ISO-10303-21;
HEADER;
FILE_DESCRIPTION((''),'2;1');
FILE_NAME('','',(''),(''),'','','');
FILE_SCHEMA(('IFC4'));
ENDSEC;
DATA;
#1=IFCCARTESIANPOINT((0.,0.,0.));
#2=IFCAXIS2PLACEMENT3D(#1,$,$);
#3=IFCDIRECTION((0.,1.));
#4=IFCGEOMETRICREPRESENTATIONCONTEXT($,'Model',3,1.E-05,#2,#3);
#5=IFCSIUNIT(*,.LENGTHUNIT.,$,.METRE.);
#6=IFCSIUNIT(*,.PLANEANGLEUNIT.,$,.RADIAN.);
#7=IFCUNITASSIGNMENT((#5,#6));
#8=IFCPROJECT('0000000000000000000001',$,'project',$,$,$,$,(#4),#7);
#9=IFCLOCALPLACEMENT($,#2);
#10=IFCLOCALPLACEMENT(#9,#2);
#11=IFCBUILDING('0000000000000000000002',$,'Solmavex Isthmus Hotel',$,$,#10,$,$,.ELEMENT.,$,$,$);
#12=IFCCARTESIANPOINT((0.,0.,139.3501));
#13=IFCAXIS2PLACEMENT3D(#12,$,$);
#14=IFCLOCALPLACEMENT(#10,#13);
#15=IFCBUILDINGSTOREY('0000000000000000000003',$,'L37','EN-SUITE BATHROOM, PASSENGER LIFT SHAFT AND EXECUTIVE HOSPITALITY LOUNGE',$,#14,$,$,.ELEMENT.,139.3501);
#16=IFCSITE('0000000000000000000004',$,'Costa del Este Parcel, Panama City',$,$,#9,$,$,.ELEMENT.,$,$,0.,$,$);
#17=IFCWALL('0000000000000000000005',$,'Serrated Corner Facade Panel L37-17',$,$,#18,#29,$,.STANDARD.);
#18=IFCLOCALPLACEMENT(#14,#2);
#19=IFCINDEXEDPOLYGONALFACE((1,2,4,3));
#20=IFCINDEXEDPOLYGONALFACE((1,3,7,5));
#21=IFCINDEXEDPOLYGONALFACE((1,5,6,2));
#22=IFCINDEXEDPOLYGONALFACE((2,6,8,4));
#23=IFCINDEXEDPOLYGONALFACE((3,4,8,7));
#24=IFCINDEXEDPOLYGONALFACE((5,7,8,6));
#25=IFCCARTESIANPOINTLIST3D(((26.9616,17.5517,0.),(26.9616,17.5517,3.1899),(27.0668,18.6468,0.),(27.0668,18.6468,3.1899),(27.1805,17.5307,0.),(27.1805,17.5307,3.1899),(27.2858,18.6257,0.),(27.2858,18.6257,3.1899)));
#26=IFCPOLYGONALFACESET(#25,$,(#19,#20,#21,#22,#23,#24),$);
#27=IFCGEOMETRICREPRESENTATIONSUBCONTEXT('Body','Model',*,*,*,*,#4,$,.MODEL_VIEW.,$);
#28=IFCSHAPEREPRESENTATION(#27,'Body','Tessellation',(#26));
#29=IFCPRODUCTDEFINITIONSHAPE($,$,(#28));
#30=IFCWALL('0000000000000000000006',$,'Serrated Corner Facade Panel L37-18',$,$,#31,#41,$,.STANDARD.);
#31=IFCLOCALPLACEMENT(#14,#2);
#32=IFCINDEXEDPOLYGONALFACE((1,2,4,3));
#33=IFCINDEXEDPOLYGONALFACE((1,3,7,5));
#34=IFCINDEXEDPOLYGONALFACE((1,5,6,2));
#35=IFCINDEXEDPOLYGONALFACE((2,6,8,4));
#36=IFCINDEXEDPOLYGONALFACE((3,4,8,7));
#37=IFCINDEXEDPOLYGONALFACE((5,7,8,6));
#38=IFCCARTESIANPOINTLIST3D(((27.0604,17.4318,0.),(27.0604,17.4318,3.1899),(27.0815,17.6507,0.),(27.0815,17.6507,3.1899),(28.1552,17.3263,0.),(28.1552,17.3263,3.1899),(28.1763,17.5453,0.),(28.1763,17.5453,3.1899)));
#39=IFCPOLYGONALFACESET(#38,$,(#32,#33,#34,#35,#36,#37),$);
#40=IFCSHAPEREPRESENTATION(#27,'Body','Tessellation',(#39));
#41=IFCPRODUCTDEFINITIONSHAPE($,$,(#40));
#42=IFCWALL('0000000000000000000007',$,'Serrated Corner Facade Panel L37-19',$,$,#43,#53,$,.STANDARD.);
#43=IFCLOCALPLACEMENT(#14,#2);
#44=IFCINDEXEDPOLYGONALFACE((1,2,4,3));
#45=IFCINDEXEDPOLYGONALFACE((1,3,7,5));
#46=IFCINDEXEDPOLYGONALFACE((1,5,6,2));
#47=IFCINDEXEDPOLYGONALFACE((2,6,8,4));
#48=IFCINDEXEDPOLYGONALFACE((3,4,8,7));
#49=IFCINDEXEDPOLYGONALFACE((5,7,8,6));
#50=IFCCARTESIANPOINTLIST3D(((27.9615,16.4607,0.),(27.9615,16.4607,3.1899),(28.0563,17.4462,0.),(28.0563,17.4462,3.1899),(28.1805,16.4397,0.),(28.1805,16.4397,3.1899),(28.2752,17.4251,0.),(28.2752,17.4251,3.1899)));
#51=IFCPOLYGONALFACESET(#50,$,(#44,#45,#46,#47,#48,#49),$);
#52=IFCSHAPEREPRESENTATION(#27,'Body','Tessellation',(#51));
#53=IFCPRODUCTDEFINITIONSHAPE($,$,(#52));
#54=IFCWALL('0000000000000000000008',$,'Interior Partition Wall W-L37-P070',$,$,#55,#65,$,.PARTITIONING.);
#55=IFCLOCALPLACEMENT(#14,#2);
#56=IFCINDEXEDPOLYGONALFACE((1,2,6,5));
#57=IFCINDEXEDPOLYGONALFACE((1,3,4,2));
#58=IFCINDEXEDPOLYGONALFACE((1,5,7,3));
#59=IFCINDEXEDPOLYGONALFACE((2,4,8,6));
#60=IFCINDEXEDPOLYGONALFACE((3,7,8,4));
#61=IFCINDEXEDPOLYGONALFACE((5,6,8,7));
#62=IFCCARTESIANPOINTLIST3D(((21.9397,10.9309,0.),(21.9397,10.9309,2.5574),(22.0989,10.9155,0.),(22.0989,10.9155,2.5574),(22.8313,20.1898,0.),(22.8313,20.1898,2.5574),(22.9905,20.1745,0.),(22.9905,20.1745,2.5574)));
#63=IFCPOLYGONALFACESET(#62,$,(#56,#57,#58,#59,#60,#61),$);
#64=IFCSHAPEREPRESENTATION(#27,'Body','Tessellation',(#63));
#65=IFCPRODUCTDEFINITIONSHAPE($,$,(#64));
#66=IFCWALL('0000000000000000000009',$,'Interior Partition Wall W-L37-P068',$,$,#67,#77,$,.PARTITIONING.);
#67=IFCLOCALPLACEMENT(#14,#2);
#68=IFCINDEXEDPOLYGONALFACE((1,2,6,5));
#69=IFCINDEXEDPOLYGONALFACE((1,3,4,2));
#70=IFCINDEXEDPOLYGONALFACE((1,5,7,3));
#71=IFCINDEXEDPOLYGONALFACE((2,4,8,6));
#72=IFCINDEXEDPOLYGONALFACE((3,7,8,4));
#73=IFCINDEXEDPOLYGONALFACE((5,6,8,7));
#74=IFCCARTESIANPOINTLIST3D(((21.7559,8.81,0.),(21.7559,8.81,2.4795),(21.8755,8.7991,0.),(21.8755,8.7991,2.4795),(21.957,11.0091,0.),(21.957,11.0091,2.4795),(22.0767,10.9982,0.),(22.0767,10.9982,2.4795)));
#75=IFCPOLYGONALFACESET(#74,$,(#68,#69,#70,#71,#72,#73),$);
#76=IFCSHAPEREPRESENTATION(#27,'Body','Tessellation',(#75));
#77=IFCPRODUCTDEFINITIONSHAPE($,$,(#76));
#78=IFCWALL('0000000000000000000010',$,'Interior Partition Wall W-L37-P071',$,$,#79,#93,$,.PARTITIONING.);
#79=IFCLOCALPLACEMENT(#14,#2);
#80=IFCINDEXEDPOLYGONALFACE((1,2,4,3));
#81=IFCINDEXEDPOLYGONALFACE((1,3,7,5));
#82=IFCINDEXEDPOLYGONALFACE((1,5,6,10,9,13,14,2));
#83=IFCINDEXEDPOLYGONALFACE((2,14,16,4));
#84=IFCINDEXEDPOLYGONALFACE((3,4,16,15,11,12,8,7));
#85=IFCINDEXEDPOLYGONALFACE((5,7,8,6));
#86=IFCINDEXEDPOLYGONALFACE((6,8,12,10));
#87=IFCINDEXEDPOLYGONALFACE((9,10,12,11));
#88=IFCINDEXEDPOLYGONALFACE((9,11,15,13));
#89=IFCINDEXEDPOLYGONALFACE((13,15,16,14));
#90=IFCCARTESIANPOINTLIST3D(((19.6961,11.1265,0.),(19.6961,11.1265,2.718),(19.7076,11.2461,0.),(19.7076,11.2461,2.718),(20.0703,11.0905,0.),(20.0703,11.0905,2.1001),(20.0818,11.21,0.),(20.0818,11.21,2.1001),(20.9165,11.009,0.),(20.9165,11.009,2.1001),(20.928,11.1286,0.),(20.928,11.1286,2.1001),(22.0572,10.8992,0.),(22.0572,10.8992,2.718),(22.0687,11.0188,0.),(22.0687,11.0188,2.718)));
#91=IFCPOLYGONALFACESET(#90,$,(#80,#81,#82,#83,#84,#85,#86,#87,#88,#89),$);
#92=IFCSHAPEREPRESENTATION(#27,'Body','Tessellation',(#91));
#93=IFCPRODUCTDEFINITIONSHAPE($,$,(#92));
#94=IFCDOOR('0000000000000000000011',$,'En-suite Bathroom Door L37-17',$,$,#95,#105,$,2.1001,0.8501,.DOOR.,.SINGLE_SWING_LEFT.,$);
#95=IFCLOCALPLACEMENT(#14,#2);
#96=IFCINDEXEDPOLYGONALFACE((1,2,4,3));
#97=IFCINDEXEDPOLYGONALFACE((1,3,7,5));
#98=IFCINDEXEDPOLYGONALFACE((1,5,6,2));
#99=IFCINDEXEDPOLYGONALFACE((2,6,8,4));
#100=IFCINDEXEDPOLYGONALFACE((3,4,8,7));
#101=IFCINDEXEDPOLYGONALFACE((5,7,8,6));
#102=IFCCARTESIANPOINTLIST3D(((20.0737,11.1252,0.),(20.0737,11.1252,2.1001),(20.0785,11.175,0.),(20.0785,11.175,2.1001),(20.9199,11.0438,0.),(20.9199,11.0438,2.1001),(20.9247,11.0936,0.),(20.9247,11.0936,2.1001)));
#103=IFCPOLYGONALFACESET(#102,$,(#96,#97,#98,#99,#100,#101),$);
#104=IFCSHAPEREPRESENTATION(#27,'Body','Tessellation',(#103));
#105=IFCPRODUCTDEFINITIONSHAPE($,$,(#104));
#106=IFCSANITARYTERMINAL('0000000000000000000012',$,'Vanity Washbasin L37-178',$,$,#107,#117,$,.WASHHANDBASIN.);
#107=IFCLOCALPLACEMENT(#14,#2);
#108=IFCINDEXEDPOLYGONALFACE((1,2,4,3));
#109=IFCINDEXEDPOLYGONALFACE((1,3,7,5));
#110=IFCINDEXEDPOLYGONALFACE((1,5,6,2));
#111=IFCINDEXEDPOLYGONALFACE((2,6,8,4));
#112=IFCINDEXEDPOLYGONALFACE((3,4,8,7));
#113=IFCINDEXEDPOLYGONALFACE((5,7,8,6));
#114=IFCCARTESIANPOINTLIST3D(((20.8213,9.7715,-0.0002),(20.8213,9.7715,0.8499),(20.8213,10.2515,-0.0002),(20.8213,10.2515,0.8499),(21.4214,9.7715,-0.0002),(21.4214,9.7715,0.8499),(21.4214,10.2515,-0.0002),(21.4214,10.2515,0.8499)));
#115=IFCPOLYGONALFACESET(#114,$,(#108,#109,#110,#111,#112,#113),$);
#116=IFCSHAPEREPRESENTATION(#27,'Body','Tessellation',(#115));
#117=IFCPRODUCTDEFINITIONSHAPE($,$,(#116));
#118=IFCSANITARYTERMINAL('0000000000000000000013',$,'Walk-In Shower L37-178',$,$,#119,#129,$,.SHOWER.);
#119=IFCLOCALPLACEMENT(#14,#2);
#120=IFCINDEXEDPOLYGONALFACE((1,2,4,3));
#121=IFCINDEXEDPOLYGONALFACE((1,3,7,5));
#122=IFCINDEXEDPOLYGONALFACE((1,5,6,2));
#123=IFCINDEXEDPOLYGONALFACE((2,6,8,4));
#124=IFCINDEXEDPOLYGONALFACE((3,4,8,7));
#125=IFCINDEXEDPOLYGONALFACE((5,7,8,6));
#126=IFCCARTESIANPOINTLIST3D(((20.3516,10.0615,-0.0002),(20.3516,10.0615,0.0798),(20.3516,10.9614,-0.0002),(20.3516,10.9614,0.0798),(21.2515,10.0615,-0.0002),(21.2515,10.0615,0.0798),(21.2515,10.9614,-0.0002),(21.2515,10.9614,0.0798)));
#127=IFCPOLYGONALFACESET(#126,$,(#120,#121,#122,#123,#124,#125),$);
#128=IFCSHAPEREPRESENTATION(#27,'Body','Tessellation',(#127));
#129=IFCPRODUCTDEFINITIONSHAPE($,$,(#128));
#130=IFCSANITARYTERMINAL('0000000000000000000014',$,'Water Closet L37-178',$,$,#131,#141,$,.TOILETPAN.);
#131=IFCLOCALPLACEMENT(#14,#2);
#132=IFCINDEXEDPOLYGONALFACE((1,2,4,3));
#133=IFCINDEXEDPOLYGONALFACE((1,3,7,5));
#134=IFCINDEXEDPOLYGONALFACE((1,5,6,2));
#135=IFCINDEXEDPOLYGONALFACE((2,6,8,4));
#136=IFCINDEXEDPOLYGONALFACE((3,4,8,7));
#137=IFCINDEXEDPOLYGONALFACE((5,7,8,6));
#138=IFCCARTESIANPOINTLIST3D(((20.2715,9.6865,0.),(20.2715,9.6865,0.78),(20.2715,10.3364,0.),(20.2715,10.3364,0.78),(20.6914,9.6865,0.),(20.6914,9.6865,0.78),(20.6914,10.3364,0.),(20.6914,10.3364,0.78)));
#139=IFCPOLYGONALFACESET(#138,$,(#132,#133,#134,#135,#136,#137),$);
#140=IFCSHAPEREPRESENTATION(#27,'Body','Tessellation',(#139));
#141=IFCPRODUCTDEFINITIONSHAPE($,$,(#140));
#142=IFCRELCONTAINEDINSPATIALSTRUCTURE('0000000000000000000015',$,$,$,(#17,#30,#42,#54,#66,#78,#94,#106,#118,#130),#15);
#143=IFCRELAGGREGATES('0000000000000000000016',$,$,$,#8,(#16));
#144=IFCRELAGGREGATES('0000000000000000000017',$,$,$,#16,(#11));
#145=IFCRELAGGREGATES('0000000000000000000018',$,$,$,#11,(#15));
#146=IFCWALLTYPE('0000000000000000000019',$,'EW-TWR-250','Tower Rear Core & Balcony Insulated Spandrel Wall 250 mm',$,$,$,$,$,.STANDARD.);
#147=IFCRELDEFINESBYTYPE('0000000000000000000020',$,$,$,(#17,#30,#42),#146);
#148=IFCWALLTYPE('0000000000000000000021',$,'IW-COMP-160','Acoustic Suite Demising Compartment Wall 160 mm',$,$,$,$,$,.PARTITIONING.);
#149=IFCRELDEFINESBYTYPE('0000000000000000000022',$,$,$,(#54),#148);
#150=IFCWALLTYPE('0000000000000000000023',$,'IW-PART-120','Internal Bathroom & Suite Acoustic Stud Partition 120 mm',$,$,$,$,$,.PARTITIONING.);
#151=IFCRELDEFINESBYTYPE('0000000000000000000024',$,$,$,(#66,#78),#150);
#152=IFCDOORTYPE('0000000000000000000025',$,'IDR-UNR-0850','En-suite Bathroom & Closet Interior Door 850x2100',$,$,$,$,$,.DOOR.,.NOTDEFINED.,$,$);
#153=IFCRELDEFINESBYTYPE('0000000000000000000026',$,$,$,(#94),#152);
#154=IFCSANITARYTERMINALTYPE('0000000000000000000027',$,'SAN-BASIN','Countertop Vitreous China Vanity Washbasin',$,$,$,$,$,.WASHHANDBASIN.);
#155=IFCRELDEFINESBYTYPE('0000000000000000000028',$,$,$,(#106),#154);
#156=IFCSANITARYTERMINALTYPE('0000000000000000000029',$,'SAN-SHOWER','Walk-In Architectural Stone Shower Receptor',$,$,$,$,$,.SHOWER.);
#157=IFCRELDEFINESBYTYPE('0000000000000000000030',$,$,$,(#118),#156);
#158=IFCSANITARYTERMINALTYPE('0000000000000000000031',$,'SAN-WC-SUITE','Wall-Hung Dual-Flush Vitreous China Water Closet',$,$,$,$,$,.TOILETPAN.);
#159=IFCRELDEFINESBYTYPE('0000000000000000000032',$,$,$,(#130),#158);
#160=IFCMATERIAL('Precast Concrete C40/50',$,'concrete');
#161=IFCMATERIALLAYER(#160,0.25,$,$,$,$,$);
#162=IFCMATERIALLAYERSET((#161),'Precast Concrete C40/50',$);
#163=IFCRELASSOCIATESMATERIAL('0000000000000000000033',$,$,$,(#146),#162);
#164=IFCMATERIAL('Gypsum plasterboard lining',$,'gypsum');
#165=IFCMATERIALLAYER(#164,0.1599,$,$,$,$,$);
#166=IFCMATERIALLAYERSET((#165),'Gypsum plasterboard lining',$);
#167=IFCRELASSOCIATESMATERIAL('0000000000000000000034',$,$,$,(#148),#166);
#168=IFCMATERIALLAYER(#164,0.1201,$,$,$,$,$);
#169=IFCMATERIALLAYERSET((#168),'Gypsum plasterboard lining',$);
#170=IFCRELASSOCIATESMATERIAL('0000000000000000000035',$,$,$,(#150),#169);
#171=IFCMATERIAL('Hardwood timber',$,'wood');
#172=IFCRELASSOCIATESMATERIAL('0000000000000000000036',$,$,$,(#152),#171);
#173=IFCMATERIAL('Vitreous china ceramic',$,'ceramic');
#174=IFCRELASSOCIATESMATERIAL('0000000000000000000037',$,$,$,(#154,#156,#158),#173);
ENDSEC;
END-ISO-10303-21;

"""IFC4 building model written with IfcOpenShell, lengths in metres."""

from ifc_helpers import new_model, si_unit, direction, frame, frame_2d, origin, origin_2d, place, context, subcontext, project, spatial, rectangle, extrude, material, layer, layer_set, type_object, element, fill, save


model = new_model("IFC4")

# Units and contexts
model_context = context("Model", 3, precision=1e-05, world=origin(), true_north=direction((0.0, 1.0)))
body_context = subcontext(model_context, "Body", "Model", "MODEL_VIEW")
ifc_project = project(units=[si_unit("LENGTHUNIT", "METRE"), si_unit("PLANEANGLEUNIT", "RADIAN")], contexts=[model_context])

# Site, building, storey
site_placement = place(None, origin())
site = spatial("IfcSite", under=ifc_project, at=site_placement, Name="Costa del Este Parcel, Panama City", CompositionType="ELEMENT", RefElevation=0.0)
building_placement = place(site_placement, origin())
building = spatial("IfcBuilding", under=site, at=building_placement, Name="Solmavex Isthmus Hotel", CompositionType="ELEMENT")
storey_placement = place(building_placement, frame((0.0, 0.0, 139.3501)))
storey = spatial("IfcBuildingStorey", under=building, at=storey_placement, Name="L37", Description="EN-SUITE BATHROOM, PASSENGER LIFT SHAFT AND EXECUTIVE HOSPITALITY LOUNGE", CompositionType="ELEMENT", Elevation=139.3501)

# Walls
ifc_material_1 = material(Name="Precast Concrete C40/50", Category="concrete")
ifc_layer_1 = layer(ifc_material_1, 0.25)
ifc_layer_set_1 = layer_set([ifc_layer_1], Name="Precast Concrete C40/50")
wall_type_1 = type_object("IfcWallType", Name="EW-TWR-250", Description="Tower Rear Core & Balcony Insulated Spandrel Wall 250 mm", PredefinedType="STANDARD", material=ifc_layer_set_1)
wall_1_placement = place(storey_placement, frame((27.1763, 18.6362, 0.0), z_axis=(0.0, 0.0, 1.0), x_axis=(-0.095657, -0.995414, 0.0)))
element("IfcWall", 1, at=wall_1_placement, inside=storey, type_object=wall_type_1, Name="Serrated Corner Facade Panel L37-17", PredefinedType="STANDARD", context=body_context, shape_type="SweptSolid", body=[
    extrude(rectangle(XDim=1.1001, YDim=0.22, at=frame_2d((0.55, 0.0))), origin(), (0.0, 0.0, 1.0), 3.1899),
])
wall_2_placement = place(storey_placement, frame((27.071, 17.5413, 0.0), z_axis=(0.0, 0.0, 1.0), x_axis=(0.995391, -0.095899, 0.0)))
element("IfcWall", 2, at=wall_2_placement, inside=storey, type_object=wall_type_1, Name="Serrated Corner Facade Panel L37-18", PredefinedType="STANDARD", context=body_context, shape_type="SweptSolid", body=[
    extrude(rectangle(XDim=1.0999, YDim=0.22, at=frame_2d((0.5498, 0.0))), origin(), (0.0, 0.0, 1.0), 3.1899),
])
wall_3_placement = place(storey_placement, frame((28.1658, 17.4358, 0.0), z_axis=(0.0, 0.0, 1.0), x_axis=(-0.095694, -0.995411, 0.0)))
element("IfcWall", 3, at=wall_3_placement, inside=storey, type_object=wall_type_1, Name="Serrated Corner Facade Panel L37-19", PredefinedType="STANDARD", context=body_context, shape_type="SweptSolid", body=[
    extrude(rectangle(XDim=0.99, YDim=0.22, at=frame_2d((0.4951, 0.0))), origin(), (0.0, 0.0, 1.0), 3.1899),
])

# Shared definitions
ifc_material_2 = material(Name="Gypsum plasterboard lining", Category="gypsum")
ifc_layer_2 = layer(ifc_material_2, 0.1599)
ifc_layer_set_2 = layer_set([ifc_layer_2], Name="Gypsum plasterboard lining")
wall_type_2 = type_object("IfcWallType", Name="IW-COMP-160", Description="Acoustic Suite Demising Compartment Wall 160 mm", PredefinedType="PARTITIONING", material=ifc_layer_set_2)
ifc_material_3 = material(Name="Hardwood timber", Category="wood")

# Walls
wall_4_placement = place(storey_placement, frame((22.9109, 20.1821, 0.0), z_axis=(0.0, 0.0, 1.0), x_axis=(-0.095852, -0.995396, 0.0)))
element("IfcWall", 4, at=wall_4_placement, inside=storey, type_object=wall_type_2, Name="Interior Partition Wall W-L37-P070", PredefinedType="PARTITIONING", context=body_context, shape_type="SweptSolid", body=[
    extrude(rectangle(XDim=9.3018, YDim=0.1599, at=frame_2d((4.6509, 0.0))), origin(), (0.0, 0.0, 1.0), 2.5574),
])
ifc_layer_3 = layer(ifc_material_2, 0.1201)
ifc_layer_set_3 = layer_set([ifc_layer_3], Name="Gypsum plasterboard lining")
wall_type_3 = type_object("IfcWallType", Name="IW-PART-120", Description="Internal Bathroom & Suite Acoustic Stud Partition 120 mm", PredefinedType="PARTITIONING", material=ifc_layer_set_3)
wall_5_placement = place(storey_placement, frame((21.8157, 8.8047, 0.0), z_axis=(0.0, 0.0, 1.0), x_axis=(0.091104, 0.995841, 0.0)))
element("IfcWall", 5, at=wall_5_placement, inside=storey, type_object=wall_type_3, Name="Interior Partition Wall W-L37-P068", PredefinedType="PARTITIONING", context=body_context, shape_type="SweptSolid", body=[
    extrude(rectangle(XDim=2.2083, YDim=0.1201, at=frame_2d((1.104, 0.0))), origin(), (0.0, 0.0, 1.0), 2.4795),
])

# Wall, opening, door
wall_6_placement = place(storey_placement, frame((22.063, 10.959, 0.0), z_axis=(0.0, 0.0, 1.0), x_axis=(-0.995398, 0.095824, 0.0)))
wall_6 = element("IfcWall", 6, at=wall_6_placement, inside=storey, type_object=wall_type_3, Name="Interior Partition Wall W-L37-P071", PredefinedType="PARTITIONING", context=body_context, shape_type="SweptSolid", body=[
    extrude(rectangle(XDim=2.3721, YDim=0.1201, at=frame_2d((1.186, 0.0))), origin(), (0.0, 0.0, 1.0), 2.718),
])
opening_1_placement = place(wall_6_placement, frame((1.146, 0.0, 0.0)))
opening_1 = element("IfcOpeningElement", 7, at=opening_1_placement, cuts=wall_6, PredefinedType="OPENING", context=body_context, shape_type="SweptSolid", body=[
    extrude(rectangle(XDim=0.8501, YDim=2.1001, at=frame_2d((0.425, 1.05))), frame((0.0, 0.0701, 0.0), z_axis=(0.0, -1.0, 0.0), x_axis=(1.0, 0.0, 0.0)), (0.0, 0.0, 1.0), 0.1401),
])
door_type_1 = type_object("IfcDoorType", Name="IDR-UNR-0850", Description="En-suite Bathroom & Closet Interior Door 850x2100", OperationType="NOTDEFINED", PredefinedType="DOOR", material=ifc_material_3)
door_1_placement = place(opening_1_placement, frame((0.8501, 0.0, 0.0), z_axis=(0.0, 0.0, 1.0), x_axis=(-1.0, 0.0, 0.0)))
door_1 = element("IfcDoor", 8, at=door_1_placement, inside=storey, type_object=door_type_1, Name="En-suite Bathroom Door L37-17", OperationType="SINGLE_SWING_LEFT", OverallHeight=2.1001, OverallWidth=0.8501, PredefinedType="DOOR", context=body_context, shape_type="SweptSolid", body=[
    extrude(rectangle(XDim=0.8501, YDim=2.1001, at=frame_2d((0.425, 1.05))), frame((0.0, 0.0249, 0.0), z_axis=(0.0, -1.0, 0.0), x_axis=(1.0, 0.0, 0.0)), (0.0, 0.0, 1.0), 0.05),
])
fill(opening_1, door_1)

# Sanitary terminals
ifc_material_4 = material(Name="Vitreous china ceramic", Category="ceramic")
sanitary_terminal_type_1 = type_object("IfcSanitaryTerminalType", Name="SAN-BASIN", Description="Countertop Vitreous China Vanity Washbasin", PredefinedType="WASHHANDBASIN", material=ifc_material_4)
sanitary_terminal_1_placement = place(storey_placement, frame((21.1213, 10.0115, -0.0002), z_axis=(0.0, 0.0, 1.0), x_axis=(1.0, 0.0, 0.0)))
element("IfcSanitaryTerminal", 9, at=sanitary_terminal_1_placement, inside=storey, type_object=sanitary_terminal_type_1, Name="Vanity Washbasin L37-178", PredefinedType="WASHHANDBASIN", context=body_context, shape_type="SweptSolid", body=[
    extrude(rectangle(XDim=0.6001, YDim=0.48, at=origin_2d()), origin(), (0.0, 0.0, 1.0), 0.8501),
])
sanitary_terminal_type_2 = type_object("IfcSanitaryTerminalType", Name="SAN-SHOWER", Description="Walk-In Architectural Stone Shower Receptor", PredefinedType="SHOWER", material=ifc_material_4)
sanitary_terminal_2_placement = place(storey_placement, frame((20.8015, 10.5115, -0.0002), z_axis=(0.0, 0.0, 1.0), x_axis=(1.0, 0.0, 0.0)))
element("IfcSanitaryTerminal", 10, at=sanitary_terminal_2_placement, inside=storey, type_object=sanitary_terminal_type_2, Name="Walk-In Shower L37-178", PredefinedType="SHOWER", context=body_context, shape_type="SweptSolid", body=[
    extrude(rectangle(XDim=0.8999, YDim=0.8999, at=origin_2d()), origin(), (0.0, 0.0, 1.0), 0.0801),
])
sanitary_terminal_type_3 = type_object("IfcSanitaryTerminalType", Name="SAN-WC-SUITE", Description="Wall-Hung Dual-Flush Vitreous China Water Closet", PredefinedType="TOILETPAN", material=ifc_material_4)
sanitary_terminal_3_placement = place(storey_placement, frame((20.4814, 10.0115, 0.0), z_axis=(0.0, 0.0, 1.0), x_axis=(1.0, 0.0, 0.0)))
element("IfcSanitaryTerminal", 11, at=sanitary_terminal_3_placement, inside=storey, type_object=sanitary_terminal_type_3, Name="Water Closet L37-178", PredefinedType="TOILETPAN", context=body_context, shape_type="SweptSolid", body=[
    extrude(rectangle(XDim=0.4199, YDim=0.6499, at=origin_2d()), origin(), (0.0, 0.0, 1.0), 0.78),
])

save(model, "model.ifc")
